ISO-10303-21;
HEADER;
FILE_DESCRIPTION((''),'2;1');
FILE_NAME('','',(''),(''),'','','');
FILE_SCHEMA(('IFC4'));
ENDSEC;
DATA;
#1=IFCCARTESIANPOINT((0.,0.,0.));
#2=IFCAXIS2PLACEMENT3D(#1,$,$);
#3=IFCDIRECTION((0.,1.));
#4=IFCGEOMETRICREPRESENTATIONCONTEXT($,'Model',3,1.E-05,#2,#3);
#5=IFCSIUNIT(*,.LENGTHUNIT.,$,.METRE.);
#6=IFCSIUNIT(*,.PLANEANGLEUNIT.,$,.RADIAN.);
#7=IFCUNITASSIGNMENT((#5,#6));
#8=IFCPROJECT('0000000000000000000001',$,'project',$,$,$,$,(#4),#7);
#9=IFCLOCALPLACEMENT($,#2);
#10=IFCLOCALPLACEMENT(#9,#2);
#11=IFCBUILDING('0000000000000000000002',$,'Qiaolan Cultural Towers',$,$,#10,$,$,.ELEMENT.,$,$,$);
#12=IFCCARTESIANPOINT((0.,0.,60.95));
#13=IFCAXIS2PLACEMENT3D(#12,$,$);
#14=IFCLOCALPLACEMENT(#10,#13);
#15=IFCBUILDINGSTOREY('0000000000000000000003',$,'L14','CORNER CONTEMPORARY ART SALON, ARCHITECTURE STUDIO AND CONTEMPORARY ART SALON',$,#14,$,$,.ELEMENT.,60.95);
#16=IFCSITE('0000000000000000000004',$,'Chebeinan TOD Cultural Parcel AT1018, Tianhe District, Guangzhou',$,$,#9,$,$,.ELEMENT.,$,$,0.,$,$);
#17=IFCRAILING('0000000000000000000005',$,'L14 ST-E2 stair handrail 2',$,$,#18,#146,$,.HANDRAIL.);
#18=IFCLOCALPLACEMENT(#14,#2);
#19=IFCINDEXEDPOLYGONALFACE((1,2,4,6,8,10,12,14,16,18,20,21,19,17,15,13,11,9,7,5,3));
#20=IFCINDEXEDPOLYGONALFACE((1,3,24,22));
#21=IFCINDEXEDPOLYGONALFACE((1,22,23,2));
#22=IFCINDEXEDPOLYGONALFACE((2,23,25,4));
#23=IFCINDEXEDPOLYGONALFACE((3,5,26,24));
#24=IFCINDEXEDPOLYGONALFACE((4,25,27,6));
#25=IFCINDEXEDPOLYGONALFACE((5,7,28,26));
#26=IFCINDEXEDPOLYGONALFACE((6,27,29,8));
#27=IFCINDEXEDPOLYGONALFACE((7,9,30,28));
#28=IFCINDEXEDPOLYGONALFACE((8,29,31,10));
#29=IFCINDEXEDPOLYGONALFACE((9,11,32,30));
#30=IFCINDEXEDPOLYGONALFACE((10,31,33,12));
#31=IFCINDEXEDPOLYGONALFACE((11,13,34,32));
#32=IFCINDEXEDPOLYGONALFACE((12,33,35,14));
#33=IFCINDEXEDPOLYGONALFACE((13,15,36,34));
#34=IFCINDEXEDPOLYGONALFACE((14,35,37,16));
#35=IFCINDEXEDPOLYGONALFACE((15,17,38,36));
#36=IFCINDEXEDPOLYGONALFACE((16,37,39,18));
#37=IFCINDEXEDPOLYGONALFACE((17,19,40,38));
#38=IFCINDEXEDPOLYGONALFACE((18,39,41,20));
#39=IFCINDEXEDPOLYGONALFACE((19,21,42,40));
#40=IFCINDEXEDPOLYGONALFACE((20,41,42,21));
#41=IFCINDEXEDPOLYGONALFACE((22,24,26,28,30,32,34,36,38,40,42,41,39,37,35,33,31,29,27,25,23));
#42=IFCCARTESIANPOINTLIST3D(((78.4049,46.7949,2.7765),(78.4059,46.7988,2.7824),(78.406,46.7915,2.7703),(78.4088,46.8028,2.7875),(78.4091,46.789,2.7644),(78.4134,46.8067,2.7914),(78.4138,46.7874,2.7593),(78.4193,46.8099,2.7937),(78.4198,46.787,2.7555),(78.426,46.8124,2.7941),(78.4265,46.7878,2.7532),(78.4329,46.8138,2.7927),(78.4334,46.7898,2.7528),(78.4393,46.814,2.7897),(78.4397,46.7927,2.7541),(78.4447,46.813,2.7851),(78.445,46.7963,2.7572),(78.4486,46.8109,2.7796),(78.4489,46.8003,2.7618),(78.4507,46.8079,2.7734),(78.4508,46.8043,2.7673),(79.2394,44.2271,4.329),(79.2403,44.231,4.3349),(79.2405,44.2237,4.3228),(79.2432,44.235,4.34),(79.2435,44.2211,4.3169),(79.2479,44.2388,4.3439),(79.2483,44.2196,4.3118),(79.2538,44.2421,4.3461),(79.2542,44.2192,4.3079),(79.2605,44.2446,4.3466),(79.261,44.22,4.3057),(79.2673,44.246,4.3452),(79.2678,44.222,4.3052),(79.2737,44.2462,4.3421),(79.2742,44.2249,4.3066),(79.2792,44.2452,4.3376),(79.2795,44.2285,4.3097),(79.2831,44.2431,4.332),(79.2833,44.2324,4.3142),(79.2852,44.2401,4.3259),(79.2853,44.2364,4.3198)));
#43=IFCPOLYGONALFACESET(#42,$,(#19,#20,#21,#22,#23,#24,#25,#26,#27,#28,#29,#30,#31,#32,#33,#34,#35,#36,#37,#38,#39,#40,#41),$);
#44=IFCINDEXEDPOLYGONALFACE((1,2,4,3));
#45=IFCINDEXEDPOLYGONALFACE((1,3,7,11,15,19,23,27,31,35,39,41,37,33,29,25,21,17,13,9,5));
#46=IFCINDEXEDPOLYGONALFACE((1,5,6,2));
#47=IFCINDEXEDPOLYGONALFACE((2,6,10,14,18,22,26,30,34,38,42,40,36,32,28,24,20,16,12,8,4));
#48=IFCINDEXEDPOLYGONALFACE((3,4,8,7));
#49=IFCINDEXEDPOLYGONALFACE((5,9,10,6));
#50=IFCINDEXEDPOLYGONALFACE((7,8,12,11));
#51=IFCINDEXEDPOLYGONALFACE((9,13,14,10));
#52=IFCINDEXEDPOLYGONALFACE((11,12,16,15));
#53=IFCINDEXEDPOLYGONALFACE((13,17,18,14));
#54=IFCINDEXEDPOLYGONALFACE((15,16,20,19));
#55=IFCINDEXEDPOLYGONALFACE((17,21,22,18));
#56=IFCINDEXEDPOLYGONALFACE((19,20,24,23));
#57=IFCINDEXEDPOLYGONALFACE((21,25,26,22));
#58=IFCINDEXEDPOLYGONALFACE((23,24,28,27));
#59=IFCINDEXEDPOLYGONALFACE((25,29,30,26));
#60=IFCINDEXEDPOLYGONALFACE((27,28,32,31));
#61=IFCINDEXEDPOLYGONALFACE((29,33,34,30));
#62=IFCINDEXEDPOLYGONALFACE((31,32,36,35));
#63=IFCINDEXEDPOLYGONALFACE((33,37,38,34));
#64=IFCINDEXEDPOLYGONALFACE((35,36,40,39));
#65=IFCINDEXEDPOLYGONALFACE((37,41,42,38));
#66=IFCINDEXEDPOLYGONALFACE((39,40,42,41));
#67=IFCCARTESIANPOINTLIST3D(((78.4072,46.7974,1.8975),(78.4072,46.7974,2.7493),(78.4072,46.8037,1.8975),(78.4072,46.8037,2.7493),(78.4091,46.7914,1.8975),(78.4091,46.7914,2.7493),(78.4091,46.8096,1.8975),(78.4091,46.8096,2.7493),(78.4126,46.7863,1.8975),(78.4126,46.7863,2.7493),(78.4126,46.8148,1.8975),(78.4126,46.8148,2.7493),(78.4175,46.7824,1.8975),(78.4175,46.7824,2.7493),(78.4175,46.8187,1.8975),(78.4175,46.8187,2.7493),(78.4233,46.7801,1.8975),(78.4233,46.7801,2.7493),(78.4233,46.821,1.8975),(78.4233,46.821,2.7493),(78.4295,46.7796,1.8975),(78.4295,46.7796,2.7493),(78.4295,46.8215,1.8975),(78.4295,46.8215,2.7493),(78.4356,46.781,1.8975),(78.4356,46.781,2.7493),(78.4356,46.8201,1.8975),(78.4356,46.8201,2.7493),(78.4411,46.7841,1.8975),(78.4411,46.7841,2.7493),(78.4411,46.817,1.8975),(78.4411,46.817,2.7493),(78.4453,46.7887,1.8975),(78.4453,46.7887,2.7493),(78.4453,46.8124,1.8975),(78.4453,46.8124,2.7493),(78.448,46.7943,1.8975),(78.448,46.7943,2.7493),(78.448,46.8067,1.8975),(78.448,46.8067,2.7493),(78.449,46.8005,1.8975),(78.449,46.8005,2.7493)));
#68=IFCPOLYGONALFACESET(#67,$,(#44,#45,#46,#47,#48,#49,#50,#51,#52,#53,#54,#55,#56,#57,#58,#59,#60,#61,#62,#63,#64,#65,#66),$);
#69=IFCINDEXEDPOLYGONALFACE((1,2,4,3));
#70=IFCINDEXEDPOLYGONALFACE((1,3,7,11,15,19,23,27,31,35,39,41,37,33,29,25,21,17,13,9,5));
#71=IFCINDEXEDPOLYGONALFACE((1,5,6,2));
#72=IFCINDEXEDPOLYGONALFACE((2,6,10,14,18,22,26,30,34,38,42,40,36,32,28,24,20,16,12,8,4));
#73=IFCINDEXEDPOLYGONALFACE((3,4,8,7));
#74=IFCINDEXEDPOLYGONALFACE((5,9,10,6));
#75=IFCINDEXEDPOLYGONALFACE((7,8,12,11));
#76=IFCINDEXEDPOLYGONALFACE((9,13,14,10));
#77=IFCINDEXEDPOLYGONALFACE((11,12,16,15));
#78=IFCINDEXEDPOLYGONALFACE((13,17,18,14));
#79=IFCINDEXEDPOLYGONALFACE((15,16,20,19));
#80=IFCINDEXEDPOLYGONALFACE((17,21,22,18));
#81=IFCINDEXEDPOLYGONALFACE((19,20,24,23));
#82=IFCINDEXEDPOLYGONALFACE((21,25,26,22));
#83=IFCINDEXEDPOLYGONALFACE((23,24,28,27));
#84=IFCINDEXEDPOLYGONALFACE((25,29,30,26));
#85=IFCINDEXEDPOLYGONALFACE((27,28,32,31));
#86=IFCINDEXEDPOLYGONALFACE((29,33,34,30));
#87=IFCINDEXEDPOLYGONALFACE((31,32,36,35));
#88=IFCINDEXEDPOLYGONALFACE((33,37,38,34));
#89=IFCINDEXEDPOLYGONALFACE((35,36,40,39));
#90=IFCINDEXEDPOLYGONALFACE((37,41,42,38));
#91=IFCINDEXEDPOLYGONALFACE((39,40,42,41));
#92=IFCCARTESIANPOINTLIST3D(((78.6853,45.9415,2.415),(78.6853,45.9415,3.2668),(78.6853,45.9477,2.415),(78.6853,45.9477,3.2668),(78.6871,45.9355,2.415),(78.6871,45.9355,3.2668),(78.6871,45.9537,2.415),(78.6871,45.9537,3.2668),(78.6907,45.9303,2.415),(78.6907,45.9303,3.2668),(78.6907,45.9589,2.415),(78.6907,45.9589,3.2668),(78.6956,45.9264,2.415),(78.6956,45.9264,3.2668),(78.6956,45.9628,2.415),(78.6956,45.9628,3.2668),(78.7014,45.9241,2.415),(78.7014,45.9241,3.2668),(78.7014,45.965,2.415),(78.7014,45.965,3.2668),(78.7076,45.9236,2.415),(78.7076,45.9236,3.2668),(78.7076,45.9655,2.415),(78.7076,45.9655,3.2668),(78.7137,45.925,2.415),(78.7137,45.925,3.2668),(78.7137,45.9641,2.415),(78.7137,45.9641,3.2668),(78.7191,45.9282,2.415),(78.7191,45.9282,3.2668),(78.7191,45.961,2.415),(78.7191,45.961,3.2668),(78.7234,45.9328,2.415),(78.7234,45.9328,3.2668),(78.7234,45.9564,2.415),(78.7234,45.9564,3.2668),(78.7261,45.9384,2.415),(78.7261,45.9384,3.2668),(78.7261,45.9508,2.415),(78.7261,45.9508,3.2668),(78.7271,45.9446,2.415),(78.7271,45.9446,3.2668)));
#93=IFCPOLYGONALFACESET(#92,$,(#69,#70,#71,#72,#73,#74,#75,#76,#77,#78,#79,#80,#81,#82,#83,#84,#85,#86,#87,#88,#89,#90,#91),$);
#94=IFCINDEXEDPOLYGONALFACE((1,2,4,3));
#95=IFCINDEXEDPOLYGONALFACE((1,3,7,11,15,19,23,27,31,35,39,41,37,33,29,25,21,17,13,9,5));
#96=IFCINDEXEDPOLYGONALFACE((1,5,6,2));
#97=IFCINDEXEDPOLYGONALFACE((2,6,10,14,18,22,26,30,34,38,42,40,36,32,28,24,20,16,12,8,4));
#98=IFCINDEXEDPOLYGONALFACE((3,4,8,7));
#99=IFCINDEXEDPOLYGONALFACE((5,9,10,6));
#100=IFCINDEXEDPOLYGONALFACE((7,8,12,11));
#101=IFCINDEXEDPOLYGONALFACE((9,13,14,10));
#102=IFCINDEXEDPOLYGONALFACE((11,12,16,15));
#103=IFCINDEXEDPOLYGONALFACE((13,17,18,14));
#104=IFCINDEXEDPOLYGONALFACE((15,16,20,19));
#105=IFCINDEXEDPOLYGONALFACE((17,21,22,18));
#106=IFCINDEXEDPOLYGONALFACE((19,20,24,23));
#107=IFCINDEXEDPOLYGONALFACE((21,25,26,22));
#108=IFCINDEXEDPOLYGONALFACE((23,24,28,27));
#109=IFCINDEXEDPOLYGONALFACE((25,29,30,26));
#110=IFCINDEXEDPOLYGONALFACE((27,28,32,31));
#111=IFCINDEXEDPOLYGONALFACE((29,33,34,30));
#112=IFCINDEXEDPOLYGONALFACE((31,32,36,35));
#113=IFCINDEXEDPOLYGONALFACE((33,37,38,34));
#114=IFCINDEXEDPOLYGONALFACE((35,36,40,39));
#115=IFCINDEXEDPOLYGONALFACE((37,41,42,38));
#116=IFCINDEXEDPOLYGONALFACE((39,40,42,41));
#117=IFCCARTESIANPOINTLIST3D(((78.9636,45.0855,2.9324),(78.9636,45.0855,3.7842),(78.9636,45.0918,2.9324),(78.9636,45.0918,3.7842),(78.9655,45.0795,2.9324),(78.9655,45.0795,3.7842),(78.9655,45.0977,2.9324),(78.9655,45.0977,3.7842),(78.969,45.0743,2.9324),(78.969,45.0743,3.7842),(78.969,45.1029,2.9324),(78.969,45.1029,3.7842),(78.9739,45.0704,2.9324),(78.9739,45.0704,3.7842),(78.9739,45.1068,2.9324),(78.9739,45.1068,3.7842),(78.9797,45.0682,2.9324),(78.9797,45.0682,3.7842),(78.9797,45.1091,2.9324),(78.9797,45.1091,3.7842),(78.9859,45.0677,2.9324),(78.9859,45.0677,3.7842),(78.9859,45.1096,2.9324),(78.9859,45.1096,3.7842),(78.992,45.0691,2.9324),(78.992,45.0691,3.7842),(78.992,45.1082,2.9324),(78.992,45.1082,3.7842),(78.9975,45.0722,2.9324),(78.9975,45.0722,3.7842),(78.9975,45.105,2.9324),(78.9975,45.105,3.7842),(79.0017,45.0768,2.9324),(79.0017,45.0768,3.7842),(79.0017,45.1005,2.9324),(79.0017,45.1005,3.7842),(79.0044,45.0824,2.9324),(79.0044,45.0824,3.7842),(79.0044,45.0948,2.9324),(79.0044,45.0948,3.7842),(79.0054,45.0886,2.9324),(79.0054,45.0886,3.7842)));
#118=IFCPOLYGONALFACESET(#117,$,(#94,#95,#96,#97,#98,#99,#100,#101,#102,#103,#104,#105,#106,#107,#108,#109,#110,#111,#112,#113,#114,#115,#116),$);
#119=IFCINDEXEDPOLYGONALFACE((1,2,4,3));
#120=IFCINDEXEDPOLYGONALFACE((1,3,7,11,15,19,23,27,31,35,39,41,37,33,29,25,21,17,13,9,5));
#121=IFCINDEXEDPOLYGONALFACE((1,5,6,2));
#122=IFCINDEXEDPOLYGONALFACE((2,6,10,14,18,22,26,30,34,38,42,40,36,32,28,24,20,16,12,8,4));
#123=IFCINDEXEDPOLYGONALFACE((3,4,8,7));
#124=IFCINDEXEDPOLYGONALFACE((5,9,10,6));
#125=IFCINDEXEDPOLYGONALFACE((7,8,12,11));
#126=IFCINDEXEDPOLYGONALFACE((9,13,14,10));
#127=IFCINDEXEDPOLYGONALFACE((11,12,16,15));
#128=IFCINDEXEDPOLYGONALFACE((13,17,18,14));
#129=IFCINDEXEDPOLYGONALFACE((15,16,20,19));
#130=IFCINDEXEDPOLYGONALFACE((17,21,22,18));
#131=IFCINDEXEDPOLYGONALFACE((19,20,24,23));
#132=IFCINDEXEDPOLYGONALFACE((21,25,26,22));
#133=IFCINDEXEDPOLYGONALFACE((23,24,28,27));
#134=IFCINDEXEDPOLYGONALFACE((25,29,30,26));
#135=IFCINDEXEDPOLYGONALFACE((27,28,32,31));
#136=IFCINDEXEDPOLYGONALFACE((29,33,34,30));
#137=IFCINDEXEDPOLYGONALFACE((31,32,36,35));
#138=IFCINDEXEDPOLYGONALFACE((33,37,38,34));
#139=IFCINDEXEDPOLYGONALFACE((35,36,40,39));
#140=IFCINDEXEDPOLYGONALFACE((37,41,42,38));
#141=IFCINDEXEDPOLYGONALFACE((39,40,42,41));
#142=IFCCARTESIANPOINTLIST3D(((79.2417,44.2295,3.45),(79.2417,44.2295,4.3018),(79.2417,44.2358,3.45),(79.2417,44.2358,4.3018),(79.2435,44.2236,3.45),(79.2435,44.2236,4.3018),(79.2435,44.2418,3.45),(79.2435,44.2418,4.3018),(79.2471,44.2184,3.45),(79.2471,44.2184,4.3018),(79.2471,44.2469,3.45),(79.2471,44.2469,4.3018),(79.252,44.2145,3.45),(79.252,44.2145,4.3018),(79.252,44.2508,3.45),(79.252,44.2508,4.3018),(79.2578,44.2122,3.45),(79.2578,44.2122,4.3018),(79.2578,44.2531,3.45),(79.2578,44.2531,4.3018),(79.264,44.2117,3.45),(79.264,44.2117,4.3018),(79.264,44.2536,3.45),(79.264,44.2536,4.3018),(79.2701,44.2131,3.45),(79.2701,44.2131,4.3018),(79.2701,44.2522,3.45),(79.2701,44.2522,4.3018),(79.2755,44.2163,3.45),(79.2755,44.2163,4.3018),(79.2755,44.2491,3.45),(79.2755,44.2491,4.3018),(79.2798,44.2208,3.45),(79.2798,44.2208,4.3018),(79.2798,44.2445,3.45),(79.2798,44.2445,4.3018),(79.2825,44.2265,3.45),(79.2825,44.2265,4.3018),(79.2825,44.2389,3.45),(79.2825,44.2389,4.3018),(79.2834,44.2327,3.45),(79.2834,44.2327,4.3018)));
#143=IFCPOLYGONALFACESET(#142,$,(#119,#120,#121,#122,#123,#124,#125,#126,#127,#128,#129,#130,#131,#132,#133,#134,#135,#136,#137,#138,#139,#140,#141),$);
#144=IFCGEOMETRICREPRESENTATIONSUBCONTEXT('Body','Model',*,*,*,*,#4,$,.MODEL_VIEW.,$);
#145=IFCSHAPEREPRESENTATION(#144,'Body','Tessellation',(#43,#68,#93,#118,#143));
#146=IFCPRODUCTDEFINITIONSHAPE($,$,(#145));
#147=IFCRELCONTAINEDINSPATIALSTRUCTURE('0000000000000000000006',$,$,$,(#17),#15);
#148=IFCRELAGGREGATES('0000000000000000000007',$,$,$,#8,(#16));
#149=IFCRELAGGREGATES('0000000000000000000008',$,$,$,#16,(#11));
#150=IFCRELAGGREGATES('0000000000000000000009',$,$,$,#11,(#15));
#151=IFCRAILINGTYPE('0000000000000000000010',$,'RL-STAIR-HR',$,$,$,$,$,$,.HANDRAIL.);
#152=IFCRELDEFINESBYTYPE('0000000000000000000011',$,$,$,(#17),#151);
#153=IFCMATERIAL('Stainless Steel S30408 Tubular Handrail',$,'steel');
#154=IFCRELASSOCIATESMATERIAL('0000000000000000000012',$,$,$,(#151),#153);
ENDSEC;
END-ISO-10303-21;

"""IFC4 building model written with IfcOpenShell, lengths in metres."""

from ifc_helpers import new_model, si_unit, direction, frame, origin, origin_2d, place, context, subcontext, project, spatial, circle, extrude, material, type_object, element, save


model = new_model("IFC4")

# Units and contexts
model_context = context("Model", 3, precision=1e-05, world=origin(), true_north=direction((0.0, 1.0)))
body_context = subcontext(model_context, "Body", "Model", "MODEL_VIEW")
ifc_project = project(units=[si_unit("LENGTHUNIT", "METRE"), si_unit("PLANEANGLEUNIT", "RADIAN")], contexts=[model_context])

# Site, building, storey
site_placement = place(None, origin())
site = spatial("IfcSite", under=ifc_project, at=site_placement, Name="Chebeinan TOD Cultural Parcel AT1018, Tianhe District, Guangzhou", CompositionType="ELEMENT", RefElevation=0.0)
building_placement = place(site_placement, origin())
building = spatial("IfcBuilding", under=site, at=building_placement, Name="Qiaolan Cultural Towers", CompositionType="ELEMENT")
storey_placement = place(building_placement, frame((0.0, 0.0, 60.95)))
storey = spatial("IfcBuildingStorey", under=building, at=storey_placement, Name="L14", Description="CORNER CONTEMPORARY ART SALON, ARCHITECTURE STUDIO AND CONTEMPORARY ART SALON", CompositionType="ELEMENT", Elevation=60.95)

# Railing
ifc_material_1 = material(Name="Stainless Steel S30408 Tubular Handrail", Category="steel")
railing_type_1 = type_object("IfcRailingType", Name="RL-STAIR-HR", PredefinedType="HANDRAIL", material=ifc_material_1)
railing_1_placement = place(storey_placement, frame((78.428, 46.8005, 1.8975)))
element("IfcRailing", 1, at=railing_1_placement, inside=storey, type_object=railing_type_1, Name="L14 ST-E2 stair handrail 2", PredefinedType="HANDRAIL", context=body_context, shape_type="SweptSolid", body=[
    extrude(circle(Radius=0.0239, at=origin_2d()), frame((0.0, 0.0, 0.876), z_axis=(0.267926, -0.824471, 0.498461), x_axis=(0.951043, 0.309057, 0.0)), (0.0, 0.0, 1.0), 3.1145),
    extrude(circle(Radius=0.021, at=origin_2d()), origin(), (0.0, 0.0, 1.0), 0.8518),
    extrude(circle(Radius=0.021, at=origin_2d()), frame((0.2781, -0.856, 0.5176)), (0.0, 0.0, 1.0), 0.8518),
    extrude(circle(Radius=0.021, at=origin_2d()), frame((0.5564, -1.7119, 1.0349)), (0.0, 0.0, 1.0), 0.8518),
    extrude(circle(Radius=0.021, at=origin_2d()), frame((0.8345, -2.5679, 1.5525)), (0.0, 0.0, 1.0), 0.8518),
])

save(model, "model.ifc")
